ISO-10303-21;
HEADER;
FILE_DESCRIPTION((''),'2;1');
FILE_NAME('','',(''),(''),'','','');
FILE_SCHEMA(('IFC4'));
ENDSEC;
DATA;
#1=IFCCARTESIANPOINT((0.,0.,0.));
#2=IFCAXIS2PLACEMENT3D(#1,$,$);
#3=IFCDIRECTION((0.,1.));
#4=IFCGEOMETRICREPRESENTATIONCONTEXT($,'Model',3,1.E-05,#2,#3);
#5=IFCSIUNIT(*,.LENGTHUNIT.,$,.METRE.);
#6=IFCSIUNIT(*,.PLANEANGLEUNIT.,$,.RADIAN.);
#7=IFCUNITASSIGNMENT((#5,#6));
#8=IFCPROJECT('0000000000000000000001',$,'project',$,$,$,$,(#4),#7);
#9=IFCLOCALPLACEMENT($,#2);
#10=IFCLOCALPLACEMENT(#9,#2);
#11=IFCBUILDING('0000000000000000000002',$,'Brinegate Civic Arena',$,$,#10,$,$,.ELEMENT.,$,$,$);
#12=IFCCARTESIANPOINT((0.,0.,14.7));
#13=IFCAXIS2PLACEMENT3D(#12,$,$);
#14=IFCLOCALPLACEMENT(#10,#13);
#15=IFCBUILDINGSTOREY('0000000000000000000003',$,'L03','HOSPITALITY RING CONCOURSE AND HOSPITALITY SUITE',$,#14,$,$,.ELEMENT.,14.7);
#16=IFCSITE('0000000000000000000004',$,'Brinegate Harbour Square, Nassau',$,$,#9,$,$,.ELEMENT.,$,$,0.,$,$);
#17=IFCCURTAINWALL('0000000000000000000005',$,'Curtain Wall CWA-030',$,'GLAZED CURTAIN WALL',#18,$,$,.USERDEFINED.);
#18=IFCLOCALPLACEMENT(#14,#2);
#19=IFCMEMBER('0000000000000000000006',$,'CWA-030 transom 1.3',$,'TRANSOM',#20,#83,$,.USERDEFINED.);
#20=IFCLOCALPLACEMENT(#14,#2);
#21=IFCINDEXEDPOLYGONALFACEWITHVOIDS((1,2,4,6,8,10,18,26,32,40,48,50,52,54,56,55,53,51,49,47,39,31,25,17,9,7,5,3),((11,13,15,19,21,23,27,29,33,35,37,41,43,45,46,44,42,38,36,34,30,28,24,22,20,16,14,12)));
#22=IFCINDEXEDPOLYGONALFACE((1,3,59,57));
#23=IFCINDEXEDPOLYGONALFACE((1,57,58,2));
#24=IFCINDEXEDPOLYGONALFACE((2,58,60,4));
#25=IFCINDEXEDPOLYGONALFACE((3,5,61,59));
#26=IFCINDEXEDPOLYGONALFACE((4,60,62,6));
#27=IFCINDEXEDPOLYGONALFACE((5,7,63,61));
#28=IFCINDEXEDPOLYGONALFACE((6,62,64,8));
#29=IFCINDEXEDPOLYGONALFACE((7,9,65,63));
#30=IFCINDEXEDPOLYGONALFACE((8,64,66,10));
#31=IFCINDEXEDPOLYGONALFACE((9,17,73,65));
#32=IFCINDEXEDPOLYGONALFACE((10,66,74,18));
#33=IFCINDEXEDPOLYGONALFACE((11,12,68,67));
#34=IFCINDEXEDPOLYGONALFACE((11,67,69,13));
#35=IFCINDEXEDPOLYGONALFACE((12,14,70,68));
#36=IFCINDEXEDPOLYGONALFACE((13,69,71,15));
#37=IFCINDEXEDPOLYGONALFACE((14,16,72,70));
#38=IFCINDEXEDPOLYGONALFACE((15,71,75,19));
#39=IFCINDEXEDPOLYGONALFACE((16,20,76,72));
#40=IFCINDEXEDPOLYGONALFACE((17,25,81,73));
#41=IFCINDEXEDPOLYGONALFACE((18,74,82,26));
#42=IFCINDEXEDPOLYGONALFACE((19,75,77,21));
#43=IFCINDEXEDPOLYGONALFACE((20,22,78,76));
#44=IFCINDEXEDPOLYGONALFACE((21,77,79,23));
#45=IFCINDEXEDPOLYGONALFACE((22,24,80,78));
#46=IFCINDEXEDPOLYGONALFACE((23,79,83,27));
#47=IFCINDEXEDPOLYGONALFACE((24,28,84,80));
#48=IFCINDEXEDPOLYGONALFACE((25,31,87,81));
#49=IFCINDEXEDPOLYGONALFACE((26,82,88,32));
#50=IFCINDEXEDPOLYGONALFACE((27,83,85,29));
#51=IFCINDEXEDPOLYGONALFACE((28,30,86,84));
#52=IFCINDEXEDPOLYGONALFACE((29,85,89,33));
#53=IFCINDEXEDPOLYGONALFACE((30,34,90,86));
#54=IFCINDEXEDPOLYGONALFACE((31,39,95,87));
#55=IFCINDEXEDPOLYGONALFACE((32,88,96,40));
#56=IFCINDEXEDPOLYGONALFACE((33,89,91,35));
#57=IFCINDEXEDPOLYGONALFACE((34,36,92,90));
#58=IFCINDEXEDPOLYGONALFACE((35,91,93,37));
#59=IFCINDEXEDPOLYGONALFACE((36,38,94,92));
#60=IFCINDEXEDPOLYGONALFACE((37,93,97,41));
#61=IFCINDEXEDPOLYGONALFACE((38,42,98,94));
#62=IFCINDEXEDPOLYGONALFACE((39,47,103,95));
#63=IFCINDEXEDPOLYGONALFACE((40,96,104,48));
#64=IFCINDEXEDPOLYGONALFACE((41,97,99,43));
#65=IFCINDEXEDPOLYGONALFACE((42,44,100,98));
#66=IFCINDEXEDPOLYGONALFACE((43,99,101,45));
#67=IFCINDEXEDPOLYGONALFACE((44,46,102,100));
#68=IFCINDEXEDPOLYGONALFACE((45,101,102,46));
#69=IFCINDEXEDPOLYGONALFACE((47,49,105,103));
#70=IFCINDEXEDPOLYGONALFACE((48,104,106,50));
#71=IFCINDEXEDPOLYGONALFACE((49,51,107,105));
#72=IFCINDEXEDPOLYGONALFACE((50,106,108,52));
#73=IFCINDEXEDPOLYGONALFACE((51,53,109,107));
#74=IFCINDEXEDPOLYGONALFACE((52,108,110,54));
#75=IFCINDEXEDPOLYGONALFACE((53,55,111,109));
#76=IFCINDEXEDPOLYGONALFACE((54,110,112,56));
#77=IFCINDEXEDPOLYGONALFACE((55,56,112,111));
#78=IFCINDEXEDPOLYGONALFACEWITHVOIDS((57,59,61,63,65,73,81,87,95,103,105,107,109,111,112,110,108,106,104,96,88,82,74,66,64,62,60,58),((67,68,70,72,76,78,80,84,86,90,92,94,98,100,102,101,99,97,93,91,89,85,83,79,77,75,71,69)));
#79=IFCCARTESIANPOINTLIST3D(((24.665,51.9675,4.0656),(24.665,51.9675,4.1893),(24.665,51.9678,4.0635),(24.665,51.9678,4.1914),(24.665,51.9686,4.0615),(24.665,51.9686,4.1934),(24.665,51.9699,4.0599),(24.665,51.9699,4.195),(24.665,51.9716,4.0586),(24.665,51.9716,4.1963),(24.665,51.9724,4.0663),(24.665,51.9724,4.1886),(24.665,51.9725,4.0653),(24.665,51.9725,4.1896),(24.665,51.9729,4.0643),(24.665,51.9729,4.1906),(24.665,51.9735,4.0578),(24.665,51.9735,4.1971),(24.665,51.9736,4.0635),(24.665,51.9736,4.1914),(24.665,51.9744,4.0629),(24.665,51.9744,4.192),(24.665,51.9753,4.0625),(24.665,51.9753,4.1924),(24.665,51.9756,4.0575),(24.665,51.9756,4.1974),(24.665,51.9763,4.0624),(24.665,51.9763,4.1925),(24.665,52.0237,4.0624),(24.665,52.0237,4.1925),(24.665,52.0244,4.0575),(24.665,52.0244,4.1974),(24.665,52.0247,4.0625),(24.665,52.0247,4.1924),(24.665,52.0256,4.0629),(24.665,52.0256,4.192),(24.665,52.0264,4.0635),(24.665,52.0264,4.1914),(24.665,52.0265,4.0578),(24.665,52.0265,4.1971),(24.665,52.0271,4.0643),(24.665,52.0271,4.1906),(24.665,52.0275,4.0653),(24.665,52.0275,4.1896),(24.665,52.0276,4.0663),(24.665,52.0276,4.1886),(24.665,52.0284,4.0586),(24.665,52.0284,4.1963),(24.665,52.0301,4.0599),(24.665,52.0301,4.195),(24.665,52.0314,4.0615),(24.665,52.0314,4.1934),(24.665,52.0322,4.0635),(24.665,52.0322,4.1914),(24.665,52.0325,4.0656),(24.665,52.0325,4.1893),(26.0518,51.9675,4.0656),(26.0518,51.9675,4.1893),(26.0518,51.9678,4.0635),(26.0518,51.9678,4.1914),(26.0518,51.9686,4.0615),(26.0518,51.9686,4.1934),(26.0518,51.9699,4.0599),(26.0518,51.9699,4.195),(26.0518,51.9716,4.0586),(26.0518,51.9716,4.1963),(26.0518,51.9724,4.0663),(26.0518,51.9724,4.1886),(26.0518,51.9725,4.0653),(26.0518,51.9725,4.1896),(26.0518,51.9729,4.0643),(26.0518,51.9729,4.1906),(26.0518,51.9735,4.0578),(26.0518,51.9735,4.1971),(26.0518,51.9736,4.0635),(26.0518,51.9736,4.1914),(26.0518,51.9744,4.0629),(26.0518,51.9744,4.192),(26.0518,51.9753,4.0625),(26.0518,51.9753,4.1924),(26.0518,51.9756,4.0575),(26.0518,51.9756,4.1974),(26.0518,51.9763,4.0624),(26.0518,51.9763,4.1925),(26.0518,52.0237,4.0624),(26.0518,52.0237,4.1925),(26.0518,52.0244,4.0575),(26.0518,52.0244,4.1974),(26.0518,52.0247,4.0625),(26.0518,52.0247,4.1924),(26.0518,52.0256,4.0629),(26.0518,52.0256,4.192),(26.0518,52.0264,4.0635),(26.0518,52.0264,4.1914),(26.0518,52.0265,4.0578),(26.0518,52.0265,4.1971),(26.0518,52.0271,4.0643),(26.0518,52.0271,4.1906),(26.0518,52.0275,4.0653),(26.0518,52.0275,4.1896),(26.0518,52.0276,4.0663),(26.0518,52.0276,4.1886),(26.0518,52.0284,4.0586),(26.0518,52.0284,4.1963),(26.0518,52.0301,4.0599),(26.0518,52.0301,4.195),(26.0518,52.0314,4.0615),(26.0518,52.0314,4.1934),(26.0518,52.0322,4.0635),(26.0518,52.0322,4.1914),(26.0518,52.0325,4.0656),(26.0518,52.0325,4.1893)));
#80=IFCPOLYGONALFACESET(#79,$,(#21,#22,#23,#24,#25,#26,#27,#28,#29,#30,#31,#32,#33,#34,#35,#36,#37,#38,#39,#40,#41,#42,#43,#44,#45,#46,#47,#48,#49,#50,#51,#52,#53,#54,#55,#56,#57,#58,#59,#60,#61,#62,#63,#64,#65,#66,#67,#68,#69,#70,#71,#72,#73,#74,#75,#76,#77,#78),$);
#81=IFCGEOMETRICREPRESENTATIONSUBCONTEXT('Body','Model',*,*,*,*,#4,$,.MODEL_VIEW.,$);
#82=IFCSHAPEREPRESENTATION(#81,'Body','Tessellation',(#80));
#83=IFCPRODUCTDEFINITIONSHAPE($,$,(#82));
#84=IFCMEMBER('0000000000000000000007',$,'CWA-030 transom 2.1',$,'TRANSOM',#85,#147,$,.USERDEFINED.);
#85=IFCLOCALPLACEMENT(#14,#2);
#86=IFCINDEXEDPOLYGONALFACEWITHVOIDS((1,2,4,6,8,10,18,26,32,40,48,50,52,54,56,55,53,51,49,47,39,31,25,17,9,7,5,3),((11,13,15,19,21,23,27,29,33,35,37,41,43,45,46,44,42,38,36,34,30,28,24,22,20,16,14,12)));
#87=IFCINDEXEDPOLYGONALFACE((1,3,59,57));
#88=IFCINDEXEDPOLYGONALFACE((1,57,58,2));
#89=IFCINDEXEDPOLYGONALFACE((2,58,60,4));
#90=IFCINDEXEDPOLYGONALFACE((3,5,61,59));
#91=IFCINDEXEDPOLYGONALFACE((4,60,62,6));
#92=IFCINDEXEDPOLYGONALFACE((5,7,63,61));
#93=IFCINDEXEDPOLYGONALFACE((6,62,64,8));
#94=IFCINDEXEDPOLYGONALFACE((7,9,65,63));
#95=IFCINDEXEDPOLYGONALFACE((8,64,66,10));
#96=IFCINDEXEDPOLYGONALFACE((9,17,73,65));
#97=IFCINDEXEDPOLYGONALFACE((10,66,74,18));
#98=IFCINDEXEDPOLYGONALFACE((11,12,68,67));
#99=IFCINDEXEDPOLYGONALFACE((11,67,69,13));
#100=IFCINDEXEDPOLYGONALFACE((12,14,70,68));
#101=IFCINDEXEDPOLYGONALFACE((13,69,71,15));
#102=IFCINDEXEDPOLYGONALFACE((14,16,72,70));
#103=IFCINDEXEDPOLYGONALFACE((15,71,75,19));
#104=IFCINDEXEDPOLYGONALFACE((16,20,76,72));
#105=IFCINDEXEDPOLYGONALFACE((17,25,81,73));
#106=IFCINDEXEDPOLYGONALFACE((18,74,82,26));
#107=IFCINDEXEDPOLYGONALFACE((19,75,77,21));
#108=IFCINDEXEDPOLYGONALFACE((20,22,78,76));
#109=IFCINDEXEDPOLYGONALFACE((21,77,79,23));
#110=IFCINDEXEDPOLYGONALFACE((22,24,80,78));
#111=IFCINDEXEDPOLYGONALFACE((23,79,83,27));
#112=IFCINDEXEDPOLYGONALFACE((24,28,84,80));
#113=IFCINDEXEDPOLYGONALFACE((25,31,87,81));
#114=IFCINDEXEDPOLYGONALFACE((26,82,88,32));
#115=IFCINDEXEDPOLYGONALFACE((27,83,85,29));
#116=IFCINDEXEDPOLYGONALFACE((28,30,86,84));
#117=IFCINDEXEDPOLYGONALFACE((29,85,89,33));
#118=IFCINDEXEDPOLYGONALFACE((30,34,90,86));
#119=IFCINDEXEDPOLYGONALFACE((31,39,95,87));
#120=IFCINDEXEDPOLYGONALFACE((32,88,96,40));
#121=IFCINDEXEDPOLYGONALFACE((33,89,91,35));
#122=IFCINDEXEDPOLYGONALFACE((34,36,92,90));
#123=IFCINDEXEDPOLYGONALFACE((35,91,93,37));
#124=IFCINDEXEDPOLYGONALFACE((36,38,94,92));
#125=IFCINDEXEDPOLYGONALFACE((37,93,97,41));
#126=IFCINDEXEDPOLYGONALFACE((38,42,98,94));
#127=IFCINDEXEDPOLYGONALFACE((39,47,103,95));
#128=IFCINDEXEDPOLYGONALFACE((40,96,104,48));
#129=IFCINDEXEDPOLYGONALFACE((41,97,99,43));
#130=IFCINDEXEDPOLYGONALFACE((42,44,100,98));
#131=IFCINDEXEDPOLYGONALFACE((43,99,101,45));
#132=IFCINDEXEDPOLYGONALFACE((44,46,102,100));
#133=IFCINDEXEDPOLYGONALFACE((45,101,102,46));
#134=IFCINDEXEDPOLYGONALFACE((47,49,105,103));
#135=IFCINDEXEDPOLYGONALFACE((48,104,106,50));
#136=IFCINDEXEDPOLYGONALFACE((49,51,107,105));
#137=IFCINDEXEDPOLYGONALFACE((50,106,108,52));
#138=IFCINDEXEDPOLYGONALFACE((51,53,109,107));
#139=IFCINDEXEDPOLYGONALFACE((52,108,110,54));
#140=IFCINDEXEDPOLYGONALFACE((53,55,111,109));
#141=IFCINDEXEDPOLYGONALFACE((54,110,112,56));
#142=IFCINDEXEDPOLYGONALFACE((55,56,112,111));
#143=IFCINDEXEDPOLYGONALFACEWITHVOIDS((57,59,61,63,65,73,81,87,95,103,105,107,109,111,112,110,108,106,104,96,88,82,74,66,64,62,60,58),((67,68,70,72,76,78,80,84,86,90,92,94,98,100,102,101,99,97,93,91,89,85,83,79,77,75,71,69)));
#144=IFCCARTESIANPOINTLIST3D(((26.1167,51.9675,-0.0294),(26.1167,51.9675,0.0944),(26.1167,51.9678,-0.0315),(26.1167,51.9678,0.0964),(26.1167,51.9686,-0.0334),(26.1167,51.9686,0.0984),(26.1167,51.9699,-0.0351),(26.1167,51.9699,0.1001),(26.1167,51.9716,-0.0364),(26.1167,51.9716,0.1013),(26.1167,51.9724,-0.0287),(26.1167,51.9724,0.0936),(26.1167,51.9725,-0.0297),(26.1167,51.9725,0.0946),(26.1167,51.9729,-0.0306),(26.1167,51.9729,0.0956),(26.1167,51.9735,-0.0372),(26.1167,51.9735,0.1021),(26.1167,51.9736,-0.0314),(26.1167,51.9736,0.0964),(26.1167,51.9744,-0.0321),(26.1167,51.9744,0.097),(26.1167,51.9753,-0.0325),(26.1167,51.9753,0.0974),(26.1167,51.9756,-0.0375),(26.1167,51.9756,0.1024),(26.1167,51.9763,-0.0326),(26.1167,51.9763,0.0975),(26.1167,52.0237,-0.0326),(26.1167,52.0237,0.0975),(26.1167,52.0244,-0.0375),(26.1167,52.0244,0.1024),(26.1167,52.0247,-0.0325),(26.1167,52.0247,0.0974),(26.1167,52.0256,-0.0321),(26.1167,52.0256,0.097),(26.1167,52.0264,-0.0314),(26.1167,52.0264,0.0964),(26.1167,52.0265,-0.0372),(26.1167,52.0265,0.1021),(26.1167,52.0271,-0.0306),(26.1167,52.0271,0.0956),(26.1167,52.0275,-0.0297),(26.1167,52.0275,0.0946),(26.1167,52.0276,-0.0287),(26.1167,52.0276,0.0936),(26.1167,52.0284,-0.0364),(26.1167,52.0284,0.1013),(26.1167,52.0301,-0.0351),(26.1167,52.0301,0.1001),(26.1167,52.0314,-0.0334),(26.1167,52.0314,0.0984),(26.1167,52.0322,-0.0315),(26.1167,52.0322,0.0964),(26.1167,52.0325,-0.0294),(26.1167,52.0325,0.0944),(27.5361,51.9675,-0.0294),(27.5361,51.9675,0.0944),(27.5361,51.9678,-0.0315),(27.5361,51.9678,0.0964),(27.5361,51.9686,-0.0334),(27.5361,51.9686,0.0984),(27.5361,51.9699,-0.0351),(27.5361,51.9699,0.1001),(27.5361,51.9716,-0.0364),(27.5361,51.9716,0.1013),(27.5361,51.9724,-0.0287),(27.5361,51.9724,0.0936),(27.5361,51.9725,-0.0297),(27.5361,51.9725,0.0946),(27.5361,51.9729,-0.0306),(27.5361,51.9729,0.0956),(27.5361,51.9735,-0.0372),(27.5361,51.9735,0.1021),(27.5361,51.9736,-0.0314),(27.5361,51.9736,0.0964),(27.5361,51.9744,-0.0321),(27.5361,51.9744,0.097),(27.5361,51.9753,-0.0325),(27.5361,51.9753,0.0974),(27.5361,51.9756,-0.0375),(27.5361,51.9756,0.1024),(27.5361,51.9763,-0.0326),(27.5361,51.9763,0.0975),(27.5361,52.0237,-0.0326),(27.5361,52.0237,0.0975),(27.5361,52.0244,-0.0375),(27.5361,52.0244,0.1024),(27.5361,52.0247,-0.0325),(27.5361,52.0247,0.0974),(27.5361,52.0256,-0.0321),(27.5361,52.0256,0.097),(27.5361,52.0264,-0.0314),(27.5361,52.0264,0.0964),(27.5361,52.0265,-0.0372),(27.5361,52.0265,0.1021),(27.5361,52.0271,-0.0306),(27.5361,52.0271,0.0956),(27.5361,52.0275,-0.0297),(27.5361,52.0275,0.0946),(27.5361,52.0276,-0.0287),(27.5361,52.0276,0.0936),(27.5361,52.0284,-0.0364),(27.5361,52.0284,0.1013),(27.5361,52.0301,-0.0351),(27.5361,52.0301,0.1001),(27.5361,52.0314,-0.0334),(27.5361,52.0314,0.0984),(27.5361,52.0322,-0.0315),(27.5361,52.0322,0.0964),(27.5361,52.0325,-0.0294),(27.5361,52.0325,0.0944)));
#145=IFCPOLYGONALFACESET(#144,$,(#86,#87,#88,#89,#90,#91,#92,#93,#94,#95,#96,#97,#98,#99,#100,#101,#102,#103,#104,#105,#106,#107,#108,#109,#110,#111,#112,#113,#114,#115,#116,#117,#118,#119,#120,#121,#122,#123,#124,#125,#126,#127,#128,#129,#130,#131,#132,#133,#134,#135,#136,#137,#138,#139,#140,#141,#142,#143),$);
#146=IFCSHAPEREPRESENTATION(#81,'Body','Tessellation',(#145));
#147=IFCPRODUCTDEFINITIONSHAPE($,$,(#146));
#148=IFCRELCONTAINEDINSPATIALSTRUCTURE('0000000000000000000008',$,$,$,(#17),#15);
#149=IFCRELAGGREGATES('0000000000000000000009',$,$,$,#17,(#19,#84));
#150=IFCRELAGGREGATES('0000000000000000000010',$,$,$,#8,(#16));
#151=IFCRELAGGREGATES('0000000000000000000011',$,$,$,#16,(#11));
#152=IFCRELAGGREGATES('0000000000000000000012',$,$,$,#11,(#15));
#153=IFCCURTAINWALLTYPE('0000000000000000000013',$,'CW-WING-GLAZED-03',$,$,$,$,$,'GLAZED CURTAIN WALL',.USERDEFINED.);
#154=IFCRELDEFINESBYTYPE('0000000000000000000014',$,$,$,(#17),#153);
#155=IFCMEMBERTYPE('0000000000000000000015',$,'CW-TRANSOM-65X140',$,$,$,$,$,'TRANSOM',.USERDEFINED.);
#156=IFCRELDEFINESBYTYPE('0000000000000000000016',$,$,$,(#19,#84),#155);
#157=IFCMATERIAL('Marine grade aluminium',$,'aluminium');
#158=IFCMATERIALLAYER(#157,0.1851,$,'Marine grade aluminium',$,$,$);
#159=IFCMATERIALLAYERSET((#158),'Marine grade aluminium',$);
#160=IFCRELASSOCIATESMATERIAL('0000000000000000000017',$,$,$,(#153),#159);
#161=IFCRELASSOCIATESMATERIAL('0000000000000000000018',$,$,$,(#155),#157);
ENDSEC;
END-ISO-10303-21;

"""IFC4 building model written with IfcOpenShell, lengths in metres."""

from ifc_helpers import new_model, si_unit, direction, frame, origin, origin_2d, place, context, subcontext, project, spatial, hollow_rectangle, extrude, material, layer, layer_set, material_profile, profile_set, type_object, element, aggregate, save


model = new_model("IFC4")

# Units and contexts
model_context = context("Model", 3, precision=1e-05, world=origin(), true_north=direction((0.0, 1.0)))
body_context = subcontext(model_context, "Body", "Model", "MODEL_VIEW")
ifc_project = project(units=[si_unit("LENGTHUNIT", "METRE"), si_unit("PLANEANGLEUNIT", "RADIAN")], contexts=[model_context])

# Site, building, storey
site_placement = place(None, origin())
site = spatial("IfcSite", under=ifc_project, at=site_placement, Name="Brinegate Harbour Square, Nassau", CompositionType="ELEMENT", RefElevation=0.0)
building_placement = place(site_placement, origin())
building = spatial("IfcBuilding", under=site, at=building_placement, Name="Brinegate Civic Arena", CompositionType="ELEMENT")
storey_placement = place(building_placement, frame((0.0, 0.0, 14.7)))
storey = spatial("IfcBuildingStorey", under=building, at=storey_placement, Name="L03", Description="HOSPITALITY RING CONCOURSE AND HOSPITALITY SUITE", CompositionType="ELEMENT", Elevation=14.7)

# Curtain wall
ifc_material_1 = material(Name="Marine grade aluminium", Category="aluminium")
ifc_layer_1 = layer(ifc_material_1, 0.1851, Name="Marine grade aluminium")
ifc_layer_set_1 = layer_set([ifc_layer_1], Name="Marine grade aluminium")
curtain_wall_type = type_object("IfcCurtainWallType", Name="CW-WING-GLAZED-03", ElementType="GLAZED CURTAIN WALL", PredefinedType="USERDEFINED", material=ifc_layer_set_1)
curtain_wall_1_placement = place(storey_placement, origin())
curtain_wall_1 = element("IfcCurtainWall", 1, at=curtain_wall_1_placement, inside=storey, type_object=curtain_wall_type, Name="Curtain Wall CWA-030", ObjectType="GLAZED CURTAIN WALL", PredefinedType="USERDEFINED")

# Members
ifc_material_profile_1 = material_profile(ifc_material_1, hollow_rectangle(XDim=0.0649, YDim=0.1399, WallThickness=0.0049, InnerFilletRadius=0.0039, OuterFilletRadius=0.0081, at=origin_2d()), Name="TRN65X140")
ifc_profile_set_1 = profile_set([ifc_material_profile_1], Name="Marine grade aluminium")
member_type_1 = type_object("IfcMemberType", Name="CW-TRANSOM-65X140", ElementType="TRANSOM", PredefinedType="USERDEFINED", material=ifc_profile_set_1)
member_1_placement = place(storey_placement, frame((24.665, 52.0, 4.1274), z_axis=(1.0, 0.0, 0.0), x_axis=(0.0, 1.0, 0.0)))
member_1 = element("IfcMember", 2, at=member_1_placement, type_object=member_type_1, Name="CWA-030 transom 1.3", ObjectType="TRANSOM", PredefinedType="USERDEFINED", context=body_context, shape_type="SweptSolid", body=[
    extrude(hollow_rectangle(XDim=0.0649, YDim=0.1399, WallThickness=0.0049, InnerFilletRadius=0.0039, OuterFilletRadius=0.0081, at=origin_2d()), origin(), (0.0, 0.0, 1.0), 1.3867),
])
member_2_placement = place(storey_placement, frame((26.1167, 52.0, 0.0325), z_axis=(1.0, 0.0, 0.0), x_axis=(0.0, 1.0, 0.0)))
member_2 = element("IfcMember", 3, at=member_2_placement, type_object=member_type_1, Name="CWA-030 transom 2.1", ObjectType="TRANSOM", PredefinedType="USERDEFINED", context=body_context, shape_type="SweptSolid", body=[
    extrude(hollow_rectangle(XDim=0.0649, YDim=0.1399, WallThickness=0.0049, InnerFilletRadius=0.0039, OuterFilletRadius=0.0081, at=origin_2d()), origin(), (0.0, 0.0, 1.0), 1.4194),
])

aggregate(curtain_wall_1, [member_1, member_2])

save(model, "model.ifc")
